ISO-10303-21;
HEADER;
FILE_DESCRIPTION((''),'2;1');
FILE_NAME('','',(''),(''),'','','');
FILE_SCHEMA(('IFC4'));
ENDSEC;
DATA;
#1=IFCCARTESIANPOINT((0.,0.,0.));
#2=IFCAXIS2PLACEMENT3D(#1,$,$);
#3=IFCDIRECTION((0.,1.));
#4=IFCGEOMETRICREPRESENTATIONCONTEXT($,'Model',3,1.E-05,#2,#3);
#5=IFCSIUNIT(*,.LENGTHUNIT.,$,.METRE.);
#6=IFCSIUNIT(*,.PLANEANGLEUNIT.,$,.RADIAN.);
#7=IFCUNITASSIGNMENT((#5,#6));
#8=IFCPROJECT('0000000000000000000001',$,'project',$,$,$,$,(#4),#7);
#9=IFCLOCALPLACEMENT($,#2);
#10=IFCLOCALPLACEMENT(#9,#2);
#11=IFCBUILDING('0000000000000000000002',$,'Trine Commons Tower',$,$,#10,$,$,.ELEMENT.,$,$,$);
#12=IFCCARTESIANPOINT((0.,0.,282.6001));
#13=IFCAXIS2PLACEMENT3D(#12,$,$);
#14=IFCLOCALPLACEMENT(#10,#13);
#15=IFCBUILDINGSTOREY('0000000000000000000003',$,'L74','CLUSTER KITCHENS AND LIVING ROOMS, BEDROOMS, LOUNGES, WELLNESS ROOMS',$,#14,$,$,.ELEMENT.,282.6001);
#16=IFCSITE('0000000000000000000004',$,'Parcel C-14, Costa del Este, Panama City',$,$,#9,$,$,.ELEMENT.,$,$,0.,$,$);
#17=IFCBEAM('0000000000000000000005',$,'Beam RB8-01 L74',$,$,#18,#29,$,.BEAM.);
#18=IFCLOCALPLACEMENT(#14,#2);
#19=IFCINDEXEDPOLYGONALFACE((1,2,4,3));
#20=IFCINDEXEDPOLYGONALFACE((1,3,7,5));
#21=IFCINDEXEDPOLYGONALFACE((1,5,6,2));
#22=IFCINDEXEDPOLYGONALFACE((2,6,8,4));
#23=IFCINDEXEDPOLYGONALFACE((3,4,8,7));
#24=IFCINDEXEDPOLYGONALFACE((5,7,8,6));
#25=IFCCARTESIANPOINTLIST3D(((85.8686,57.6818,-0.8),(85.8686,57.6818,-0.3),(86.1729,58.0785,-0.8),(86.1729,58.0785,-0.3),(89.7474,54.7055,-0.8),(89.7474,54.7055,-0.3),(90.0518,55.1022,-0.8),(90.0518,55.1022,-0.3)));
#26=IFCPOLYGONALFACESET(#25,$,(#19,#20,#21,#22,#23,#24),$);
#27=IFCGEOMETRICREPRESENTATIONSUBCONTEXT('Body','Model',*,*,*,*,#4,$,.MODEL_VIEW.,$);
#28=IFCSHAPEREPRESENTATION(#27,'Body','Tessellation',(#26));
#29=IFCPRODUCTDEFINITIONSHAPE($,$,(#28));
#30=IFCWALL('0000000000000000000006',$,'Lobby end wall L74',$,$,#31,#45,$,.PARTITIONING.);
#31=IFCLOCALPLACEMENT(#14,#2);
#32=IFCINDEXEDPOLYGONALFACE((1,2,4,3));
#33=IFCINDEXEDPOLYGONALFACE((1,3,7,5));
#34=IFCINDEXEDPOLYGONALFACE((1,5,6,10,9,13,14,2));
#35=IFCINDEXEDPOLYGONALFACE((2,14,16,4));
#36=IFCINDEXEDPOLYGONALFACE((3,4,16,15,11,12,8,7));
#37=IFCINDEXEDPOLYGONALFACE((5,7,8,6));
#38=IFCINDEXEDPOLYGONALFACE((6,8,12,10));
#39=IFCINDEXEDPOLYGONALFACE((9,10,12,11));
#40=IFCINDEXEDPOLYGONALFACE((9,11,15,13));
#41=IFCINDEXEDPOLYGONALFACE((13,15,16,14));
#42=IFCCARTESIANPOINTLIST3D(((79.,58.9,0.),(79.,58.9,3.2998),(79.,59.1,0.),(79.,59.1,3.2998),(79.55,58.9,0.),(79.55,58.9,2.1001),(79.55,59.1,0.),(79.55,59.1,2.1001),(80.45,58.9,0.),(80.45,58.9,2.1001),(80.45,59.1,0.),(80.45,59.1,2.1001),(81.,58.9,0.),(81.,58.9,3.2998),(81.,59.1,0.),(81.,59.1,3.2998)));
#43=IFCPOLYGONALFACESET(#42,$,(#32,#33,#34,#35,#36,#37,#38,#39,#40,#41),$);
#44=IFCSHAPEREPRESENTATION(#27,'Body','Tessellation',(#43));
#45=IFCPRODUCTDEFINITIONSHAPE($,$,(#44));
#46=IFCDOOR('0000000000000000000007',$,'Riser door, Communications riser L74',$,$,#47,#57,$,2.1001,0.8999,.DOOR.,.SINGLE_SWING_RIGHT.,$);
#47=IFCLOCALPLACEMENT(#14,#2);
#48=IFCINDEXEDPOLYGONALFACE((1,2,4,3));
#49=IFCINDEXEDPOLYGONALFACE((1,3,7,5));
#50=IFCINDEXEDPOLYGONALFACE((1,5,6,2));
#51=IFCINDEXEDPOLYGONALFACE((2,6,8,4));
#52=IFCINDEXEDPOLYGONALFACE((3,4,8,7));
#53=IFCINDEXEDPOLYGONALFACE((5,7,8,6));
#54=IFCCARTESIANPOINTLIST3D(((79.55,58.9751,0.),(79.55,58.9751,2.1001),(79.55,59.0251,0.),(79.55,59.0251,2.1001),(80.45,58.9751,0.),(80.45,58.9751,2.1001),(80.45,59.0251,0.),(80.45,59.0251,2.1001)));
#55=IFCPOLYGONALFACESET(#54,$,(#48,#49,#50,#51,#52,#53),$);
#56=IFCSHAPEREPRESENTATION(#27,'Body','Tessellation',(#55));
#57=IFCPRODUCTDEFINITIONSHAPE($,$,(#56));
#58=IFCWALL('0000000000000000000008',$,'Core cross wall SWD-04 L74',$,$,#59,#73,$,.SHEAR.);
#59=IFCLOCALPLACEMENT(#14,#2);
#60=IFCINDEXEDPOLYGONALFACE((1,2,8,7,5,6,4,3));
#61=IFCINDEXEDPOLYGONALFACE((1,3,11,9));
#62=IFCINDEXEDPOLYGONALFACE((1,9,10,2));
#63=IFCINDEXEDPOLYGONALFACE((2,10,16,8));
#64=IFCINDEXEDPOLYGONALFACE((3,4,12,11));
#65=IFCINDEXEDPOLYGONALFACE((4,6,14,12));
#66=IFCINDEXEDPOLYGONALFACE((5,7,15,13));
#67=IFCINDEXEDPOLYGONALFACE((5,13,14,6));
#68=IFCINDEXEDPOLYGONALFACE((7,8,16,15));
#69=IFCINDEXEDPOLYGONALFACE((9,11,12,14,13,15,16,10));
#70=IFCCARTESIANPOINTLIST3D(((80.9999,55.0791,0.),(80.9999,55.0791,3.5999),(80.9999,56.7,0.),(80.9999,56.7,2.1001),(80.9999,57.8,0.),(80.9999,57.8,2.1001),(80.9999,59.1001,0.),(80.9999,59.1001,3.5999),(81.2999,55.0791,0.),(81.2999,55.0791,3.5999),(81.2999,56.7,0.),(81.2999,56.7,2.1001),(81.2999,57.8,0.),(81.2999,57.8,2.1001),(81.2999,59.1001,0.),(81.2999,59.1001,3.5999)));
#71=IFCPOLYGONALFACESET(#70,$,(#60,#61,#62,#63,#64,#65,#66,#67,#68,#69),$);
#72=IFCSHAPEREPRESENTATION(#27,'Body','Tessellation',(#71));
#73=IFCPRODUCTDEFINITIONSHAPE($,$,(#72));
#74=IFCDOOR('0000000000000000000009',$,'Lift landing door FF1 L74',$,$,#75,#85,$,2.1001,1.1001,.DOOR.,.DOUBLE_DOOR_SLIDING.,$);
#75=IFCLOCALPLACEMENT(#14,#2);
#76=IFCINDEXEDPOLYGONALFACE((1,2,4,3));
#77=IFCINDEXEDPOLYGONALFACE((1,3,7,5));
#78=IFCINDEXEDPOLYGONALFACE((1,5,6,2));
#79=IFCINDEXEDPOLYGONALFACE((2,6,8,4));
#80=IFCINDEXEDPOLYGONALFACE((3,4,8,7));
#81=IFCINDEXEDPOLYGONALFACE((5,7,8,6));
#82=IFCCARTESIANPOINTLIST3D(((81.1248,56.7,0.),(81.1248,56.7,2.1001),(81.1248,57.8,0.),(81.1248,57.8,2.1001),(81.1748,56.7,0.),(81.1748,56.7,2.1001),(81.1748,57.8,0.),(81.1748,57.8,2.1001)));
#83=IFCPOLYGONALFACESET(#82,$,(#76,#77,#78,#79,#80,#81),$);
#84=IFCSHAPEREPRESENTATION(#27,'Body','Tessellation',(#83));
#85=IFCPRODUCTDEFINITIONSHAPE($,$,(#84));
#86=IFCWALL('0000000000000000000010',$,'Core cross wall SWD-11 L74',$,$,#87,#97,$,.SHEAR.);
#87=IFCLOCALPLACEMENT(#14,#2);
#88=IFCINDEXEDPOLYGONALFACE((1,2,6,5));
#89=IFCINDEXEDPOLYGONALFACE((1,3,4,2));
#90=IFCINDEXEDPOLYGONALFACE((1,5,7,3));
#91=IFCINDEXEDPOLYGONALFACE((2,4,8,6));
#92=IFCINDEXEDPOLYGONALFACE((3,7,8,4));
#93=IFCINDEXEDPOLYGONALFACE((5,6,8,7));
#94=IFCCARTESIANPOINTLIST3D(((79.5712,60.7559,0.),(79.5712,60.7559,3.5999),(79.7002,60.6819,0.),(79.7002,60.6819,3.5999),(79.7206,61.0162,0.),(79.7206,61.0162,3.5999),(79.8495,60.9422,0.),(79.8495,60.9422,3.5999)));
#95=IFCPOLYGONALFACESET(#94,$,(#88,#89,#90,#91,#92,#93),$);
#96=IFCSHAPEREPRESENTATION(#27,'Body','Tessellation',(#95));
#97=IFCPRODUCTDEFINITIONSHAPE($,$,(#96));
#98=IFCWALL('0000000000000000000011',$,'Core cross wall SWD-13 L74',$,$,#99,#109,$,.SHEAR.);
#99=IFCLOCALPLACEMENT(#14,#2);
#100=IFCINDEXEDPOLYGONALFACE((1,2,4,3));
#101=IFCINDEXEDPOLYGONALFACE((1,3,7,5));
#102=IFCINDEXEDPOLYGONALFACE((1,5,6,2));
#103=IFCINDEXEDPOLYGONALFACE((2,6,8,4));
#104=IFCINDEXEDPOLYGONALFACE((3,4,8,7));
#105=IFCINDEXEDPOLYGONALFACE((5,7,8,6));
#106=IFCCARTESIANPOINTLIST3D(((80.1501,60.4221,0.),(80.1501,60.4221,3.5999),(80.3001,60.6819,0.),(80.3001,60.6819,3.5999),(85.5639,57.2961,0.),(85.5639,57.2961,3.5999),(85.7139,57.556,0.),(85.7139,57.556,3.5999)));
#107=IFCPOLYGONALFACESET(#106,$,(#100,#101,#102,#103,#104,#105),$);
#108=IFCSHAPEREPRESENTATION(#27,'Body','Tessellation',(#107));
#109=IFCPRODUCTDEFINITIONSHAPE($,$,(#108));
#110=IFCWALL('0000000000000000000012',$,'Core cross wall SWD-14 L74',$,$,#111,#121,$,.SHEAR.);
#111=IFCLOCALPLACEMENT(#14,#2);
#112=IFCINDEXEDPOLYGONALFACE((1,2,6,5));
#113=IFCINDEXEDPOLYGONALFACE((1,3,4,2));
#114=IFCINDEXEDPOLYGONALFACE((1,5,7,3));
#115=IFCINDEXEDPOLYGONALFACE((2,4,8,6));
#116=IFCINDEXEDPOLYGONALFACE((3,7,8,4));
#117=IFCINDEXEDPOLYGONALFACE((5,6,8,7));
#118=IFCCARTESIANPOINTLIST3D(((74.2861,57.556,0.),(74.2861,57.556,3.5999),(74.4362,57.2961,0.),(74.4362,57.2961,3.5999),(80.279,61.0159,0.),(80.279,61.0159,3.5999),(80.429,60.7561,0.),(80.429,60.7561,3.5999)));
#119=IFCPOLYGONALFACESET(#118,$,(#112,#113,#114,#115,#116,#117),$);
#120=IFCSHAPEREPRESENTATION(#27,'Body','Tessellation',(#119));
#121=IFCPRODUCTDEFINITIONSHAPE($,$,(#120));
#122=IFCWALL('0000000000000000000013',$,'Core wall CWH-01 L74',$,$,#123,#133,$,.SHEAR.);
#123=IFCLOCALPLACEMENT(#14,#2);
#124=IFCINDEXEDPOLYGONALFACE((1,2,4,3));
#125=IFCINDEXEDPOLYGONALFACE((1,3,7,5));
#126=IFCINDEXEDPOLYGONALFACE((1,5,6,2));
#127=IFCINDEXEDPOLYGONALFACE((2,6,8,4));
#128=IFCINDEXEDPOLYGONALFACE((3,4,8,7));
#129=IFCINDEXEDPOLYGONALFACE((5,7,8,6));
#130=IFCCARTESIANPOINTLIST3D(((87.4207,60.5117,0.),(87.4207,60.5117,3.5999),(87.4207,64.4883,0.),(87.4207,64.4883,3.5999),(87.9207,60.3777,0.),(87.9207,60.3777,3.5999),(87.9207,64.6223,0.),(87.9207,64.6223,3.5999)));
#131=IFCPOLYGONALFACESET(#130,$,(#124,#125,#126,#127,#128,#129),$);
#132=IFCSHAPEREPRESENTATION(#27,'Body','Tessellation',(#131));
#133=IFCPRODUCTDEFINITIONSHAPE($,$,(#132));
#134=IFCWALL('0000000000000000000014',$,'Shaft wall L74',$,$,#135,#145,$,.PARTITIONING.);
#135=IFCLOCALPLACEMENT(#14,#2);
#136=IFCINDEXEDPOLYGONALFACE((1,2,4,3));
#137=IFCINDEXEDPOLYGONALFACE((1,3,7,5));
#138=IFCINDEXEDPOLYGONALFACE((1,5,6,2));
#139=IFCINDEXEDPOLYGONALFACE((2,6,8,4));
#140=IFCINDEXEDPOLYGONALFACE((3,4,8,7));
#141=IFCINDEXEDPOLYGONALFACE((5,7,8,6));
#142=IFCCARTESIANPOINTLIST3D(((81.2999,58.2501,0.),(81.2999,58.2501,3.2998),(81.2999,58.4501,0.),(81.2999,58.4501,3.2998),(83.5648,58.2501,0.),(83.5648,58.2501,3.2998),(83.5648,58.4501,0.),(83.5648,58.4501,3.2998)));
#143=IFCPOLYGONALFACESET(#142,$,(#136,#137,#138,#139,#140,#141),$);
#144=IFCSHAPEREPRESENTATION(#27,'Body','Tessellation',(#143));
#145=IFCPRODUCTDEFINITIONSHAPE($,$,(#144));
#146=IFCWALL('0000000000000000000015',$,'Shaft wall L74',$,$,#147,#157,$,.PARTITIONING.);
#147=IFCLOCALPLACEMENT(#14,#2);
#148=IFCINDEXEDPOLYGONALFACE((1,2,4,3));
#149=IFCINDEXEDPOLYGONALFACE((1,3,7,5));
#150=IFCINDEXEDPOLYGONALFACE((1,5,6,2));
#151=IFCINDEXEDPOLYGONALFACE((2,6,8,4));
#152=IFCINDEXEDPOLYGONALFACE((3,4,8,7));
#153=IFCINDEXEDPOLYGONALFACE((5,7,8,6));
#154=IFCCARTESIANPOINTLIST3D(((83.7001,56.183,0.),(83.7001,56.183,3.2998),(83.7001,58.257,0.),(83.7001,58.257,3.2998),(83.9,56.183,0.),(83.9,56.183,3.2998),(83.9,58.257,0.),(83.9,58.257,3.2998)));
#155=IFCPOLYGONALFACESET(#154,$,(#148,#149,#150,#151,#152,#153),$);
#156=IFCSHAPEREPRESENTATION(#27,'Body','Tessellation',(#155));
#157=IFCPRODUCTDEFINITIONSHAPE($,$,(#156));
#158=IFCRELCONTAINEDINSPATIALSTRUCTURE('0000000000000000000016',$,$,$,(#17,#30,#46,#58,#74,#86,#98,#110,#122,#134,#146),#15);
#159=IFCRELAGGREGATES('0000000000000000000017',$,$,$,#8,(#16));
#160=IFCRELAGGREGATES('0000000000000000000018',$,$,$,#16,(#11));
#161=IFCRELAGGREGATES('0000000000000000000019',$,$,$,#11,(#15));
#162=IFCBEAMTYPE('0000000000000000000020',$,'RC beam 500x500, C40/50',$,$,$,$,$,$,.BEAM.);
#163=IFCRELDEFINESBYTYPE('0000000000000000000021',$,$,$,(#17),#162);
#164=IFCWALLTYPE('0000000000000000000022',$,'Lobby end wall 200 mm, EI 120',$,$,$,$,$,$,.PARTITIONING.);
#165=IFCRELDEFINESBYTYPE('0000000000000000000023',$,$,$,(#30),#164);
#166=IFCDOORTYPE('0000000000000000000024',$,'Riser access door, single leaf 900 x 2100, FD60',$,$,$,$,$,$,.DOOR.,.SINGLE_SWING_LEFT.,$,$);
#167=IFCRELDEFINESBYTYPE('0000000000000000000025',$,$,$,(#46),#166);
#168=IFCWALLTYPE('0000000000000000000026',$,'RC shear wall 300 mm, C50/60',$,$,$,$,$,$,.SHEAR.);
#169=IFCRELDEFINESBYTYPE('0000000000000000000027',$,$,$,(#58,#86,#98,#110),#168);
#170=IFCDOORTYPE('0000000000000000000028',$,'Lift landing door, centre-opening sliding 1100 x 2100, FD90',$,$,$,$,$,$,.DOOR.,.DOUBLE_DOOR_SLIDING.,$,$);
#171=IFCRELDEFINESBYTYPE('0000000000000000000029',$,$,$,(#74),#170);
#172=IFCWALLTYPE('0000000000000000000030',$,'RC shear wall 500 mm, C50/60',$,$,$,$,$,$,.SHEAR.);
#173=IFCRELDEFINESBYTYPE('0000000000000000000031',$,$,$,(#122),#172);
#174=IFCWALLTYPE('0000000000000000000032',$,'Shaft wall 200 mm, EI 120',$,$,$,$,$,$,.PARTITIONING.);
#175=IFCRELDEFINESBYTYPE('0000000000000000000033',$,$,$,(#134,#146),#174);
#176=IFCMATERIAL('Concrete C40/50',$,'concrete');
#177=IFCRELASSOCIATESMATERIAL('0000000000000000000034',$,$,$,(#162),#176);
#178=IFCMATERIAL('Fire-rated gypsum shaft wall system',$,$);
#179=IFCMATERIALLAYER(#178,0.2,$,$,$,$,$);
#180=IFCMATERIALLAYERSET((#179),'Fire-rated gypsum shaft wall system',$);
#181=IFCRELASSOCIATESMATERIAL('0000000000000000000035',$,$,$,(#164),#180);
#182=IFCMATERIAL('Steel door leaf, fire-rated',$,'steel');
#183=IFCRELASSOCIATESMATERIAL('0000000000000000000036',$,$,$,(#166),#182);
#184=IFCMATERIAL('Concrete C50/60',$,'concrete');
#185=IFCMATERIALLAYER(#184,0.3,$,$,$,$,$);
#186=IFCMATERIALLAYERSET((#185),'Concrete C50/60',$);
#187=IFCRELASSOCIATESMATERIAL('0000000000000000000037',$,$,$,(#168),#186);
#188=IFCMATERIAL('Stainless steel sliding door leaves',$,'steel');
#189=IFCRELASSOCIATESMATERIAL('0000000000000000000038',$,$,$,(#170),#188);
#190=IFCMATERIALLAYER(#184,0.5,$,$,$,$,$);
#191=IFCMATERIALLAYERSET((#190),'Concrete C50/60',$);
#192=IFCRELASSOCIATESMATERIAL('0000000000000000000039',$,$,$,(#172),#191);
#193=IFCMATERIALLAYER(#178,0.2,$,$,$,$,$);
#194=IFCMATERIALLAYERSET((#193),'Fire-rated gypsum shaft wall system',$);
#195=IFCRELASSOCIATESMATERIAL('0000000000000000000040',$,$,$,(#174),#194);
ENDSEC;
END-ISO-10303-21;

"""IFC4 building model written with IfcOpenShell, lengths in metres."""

from ifc_helpers import new_model, si_unit, direction, frame, frame_2d, origin, origin_2d, place, context, subcontext, project, spatial, polyline, rectangle, outline, extrude, material, layer, layer_set, material_profile, profile_set, type_object, element, fill, save


model = new_model("IFC4")

# Units and contexts
model_context = context("Model", 3, precision=1e-05, world=origin(), true_north=direction((0.0, 1.0)))
body_context = subcontext(model_context, "Body", "Model", "MODEL_VIEW")
ifc_project = project(units=[si_unit("LENGTHUNIT", "METRE"), si_unit("PLANEANGLEUNIT", "RADIAN")], contexts=[model_context])

# Site, building, storey
site_placement = place(None, origin())
site = spatial("IfcSite", under=ifc_project, at=site_placement, Name="Parcel C-14, Costa del Este, Panama City", CompositionType="ELEMENT", RefElevation=0.0)
building_placement = place(site_placement, origin())
building = spatial("IfcBuilding", under=site, at=building_placement, Name="Trine Commons Tower", CompositionType="ELEMENT")
storey_placement = place(building_placement, frame((0.0, 0.0, 282.6001)))
storey = spatial("IfcBuildingStorey", under=building, at=storey_placement, Name="L74", Description="CLUSTER KITCHENS AND LIVING ROOMS, BEDROOMS, LOUNGES, WELLNESS ROOMS", CompositionType="ELEMENT", Elevation=282.6001)

# Beam
ifc_material_1 = material(Name="Concrete C40/50", Category="concrete")
ifc_material_profile = material_profile(ifc_material_1, rectangle(XDim=0.5, YDim=0.5, at=origin_2d()), Name="RC 500x500")
ifc_profile_set = profile_set([ifc_material_profile], Name="Concrete C40/50")
beam_type = type_object("IfcBeamType", Name="RC beam 500x500, C40/50", PredefinedType="BEAM", material=ifc_profile_set)
beam_placement = place(storey_placement, frame((86.0208, 57.8801, -0.55), z_axis=(0.79336, -0.608752, 0.0), x_axis=(0.608752, 0.79336, 0.0)))
element("IfcBeam", 1, at=beam_placement, inside=storey, type_object=beam_type, Name="Beam RB8-01 L74", PredefinedType="BEAM", context=body_context, shape_type="SweptSolid", body=[
    extrude(rectangle(XDim=0.5, YDim=0.5, at=origin_2d()), origin(), (0.0, 0.0, 1.0), 4.8892),
])

# Walls, openings, doors
ifc_material_2 = material(Name="Fire-rated gypsum shaft wall system")
ifc_layer_1 = layer(ifc_material_2, 0.2)
ifc_layer_set_1 = layer_set([ifc_layer_1], Name="Fire-rated gypsum shaft wall system")
wall_type_1 = type_object("IfcWallType", Name="Lobby end wall 200 mm, EI 120", PredefinedType="PARTITIONING", material=ifc_layer_set_1)
wall_1_placement = place(storey_placement, frame((79.0, 59.0, 0.0), z_axis=(0.0, 0.0, 1.0), x_axis=(1.0, 0.0, 0.0)))
wall_1 = element("IfcWall", 2, at=wall_1_placement, inside=storey, type_object=wall_type_1, Name="Lobby end wall L74", PredefinedType="PARTITIONING", context=body_context, shape_type="SweptSolid", body=[
    extrude(rectangle(XDim=2.0, YDim=0.2, at=frame_2d((1.0, 0.0))), origin(), (0.0, 0.0, 1.0), 3.2998),
])
opening_1_placement = place(wall_1_placement, frame((0.55, 0.0, 0.0)))
opening_1 = element("IfcOpeningElement", 3, at=opening_1_placement, cuts=wall_1, PredefinedType="OPENING", context=body_context, shape_type="SweptSolid", body=[
    extrude(rectangle(XDim=0.8999, YDim=2.1001, at=frame_2d((0.45, 1.05))), frame((0.0, 0.1099, 0.0), z_axis=(0.0, -1.0, 0.0), x_axis=(1.0, 0.0, 0.0)), (0.0, 0.0, 1.0), 0.22),
])
ifc_material_3 = material(Name="Steel door leaf, fire-rated", Category="steel")
door_type_1 = type_object("IfcDoorType", Name="Riser access door, single leaf 900 x 2100, FD60", OperationType="SINGLE_SWING_LEFT", PredefinedType="DOOR", material=ifc_material_3)
door_1_placement = place(opening_1_placement, frame((0.8999, 0.0, 0.0), z_axis=(0.0, 0.0, 1.0), x_axis=(-1.0, 0.0, 0.0)))
door_1 = element("IfcDoor", 4, at=door_1_placement, inside=storey, type_object=door_type_1, Name="Riser door, Communications riser L74", OperationType="SINGLE_SWING_RIGHT", OverallHeight=2.1001, OverallWidth=0.8999, PredefinedType="DOOR", context=body_context, shape_type="SweptSolid", body=[
    extrude(rectangle(XDim=0.8999, YDim=2.1001, at=frame_2d((0.45, 1.05))), frame((0.0, 0.0249, 0.0), z_axis=(0.0, -1.0, 0.0), x_axis=(1.0, 0.0, 0.0)), (0.0, 0.0, 1.0), 0.05),
])
fill(opening_1, door_1)
ifc_material_4 = material(Name="Concrete C50/60", Category="concrete")
ifc_layer_2 = layer(ifc_material_4, 0.3)
ifc_layer_set_2 = layer_set([ifc_layer_2], Name="Concrete C50/60")
wall_type_2 = type_object("IfcWallType", Name="RC shear wall 300 mm, C50/60", PredefinedType="SHEAR", material=ifc_layer_set_2)
wall_2_placement = place(storey_placement, frame((81.1499, 59.1001, 0.0), z_axis=(0.0, 0.0, 1.0), x_axis=(0.0, -1.0, 0.0)))
wall_2 = element("IfcWall", 5, at=wall_2_placement, inside=storey, type_object=wall_type_2, Name="Core cross wall SWD-04 L74", PredefinedType="SHEAR", context=body_context, shape_type="SweptSolid", body=[
    extrude(rectangle(XDim=4.021, YDim=0.3, at=frame_2d((2.0105, 0.0))), origin(), (0.0, 0.0, 1.0), 3.5999),
])
opening_2_placement = place(wall_2_placement, frame((1.3, 0.0, 0.0)))
opening_2 = element("IfcOpeningElement", 6, at=opening_2_placement, cuts=wall_2, PredefinedType="OPENING", context=body_context, shape_type="SweptSolid", body=[
    extrude(rectangle(XDim=1.1001, YDim=2.1001, at=frame_2d((0.55, 1.05))), frame((0.0, 0.1599, 0.0), z_axis=(0.0, -1.0, 0.0), x_axis=(1.0, 0.0, 0.0)), (0.0, 0.0, 1.0), 0.3201),
])
ifc_material_5 = material(Name="Stainless steel sliding door leaves", Category="steel")
door_type_2 = type_object("IfcDoorType", Name="Lift landing door, centre-opening sliding 1100 x 2100, FD90", OperationType="DOUBLE_DOOR_SLIDING", PredefinedType="DOOR", material=ifc_material_5)
door_2_placement = place(opening_2_placement, origin())
door_2 = element("IfcDoor", 7, at=door_2_placement, inside=storey, type_object=door_type_2, Name="Lift landing door FF1 L74", OperationType="DOUBLE_DOOR_SLIDING", OverallHeight=2.1001, OverallWidth=1.1001, PredefinedType="DOOR", context=body_context, shape_type="SweptSolid", body=[
    extrude(rectangle(XDim=1.1001, YDim=2.1001, at=frame_2d((0.55, 1.05))), frame((0.0, 0.0249, 0.0), z_axis=(0.0, -1.0, 0.0), x_axis=(1.0, 0.0, 0.0)), (0.0, 0.0, 1.0), 0.05),
])
fill(opening_2, door_2)

# Walls
wall_3_placement = place(storey_placement, frame((79.646, 60.886, 0.0), z_axis=(0.0, 0.0, 1.0), x_axis=(0.867332, -0.49773, 0.0)))
element("IfcWall", 8, at=wall_3_placement, inside=storey, type_object=wall_type_2, Name="Core cross wall SWD-11 L74", PredefinedType="SHEAR", context=body_context, shape_type="SweptSolid", body=[
    extrude(rectangle(XDim=0.1487, YDim=0.3, at=frame_2d((0.0742, 0.0))), origin(), (0.0, 0.0, 1.0), 3.5999),
])
wall_4_placement = place(storey_placement, frame((80.2251, 60.552, 0.0), z_axis=(0.0, 0.0, 1.0), x_axis=(0.866004, -0.500037, 0.0)))
element("IfcWall", 9, at=wall_4_placement, inside=storey, type_object=wall_type_2, Name="Core cross wall SWD-13 L74", PredefinedType="SHEAR", context=body_context, shape_type="SweptSolid", body=[
    extrude(rectangle(XDim=6.2515, YDim=0.3, at=frame_2d((3.1257, 0.0))), origin(), (0.0, 0.0, 1.0), 3.5999),
])
wall_5_placement = place(storey_placement, frame((80.354, 60.886, 0.0), z_axis=(0.0, 0.0, 1.0), x_axis=(-0.866029, -0.499994, 0.0)))
element("IfcWall", 10, at=wall_5_placement, inside=storey, type_object=wall_type_2, Name="Core cross wall SWD-14 L74", PredefinedType="SHEAR", context=body_context, shape_type="SweptSolid", body=[
    extrude(rectangle(XDim=6.9199, YDim=0.3, at=frame_2d((3.46, 0.0))), origin(), (0.0, 0.0, 1.0), 3.5999),
])
ifc_layer_3 = layer(ifc_material_4, 0.5)
ifc_layer_set_3 = layer_set([ifc_layer_3], Name="Concrete C50/60")
wall_type_3 = type_object("IfcWallType", Name="RC shear wall 500 mm, C50/60", PredefinedType="SHEAR", material=ifc_layer_set_3)
wall_6_placement = place(storey_placement, frame((87.6707, 60.3777, 0.0), z_axis=(0.0, 0.0, 1.0), x_axis=(0.0, 1.0, 0.0)))
element("IfcWall", 11, at=wall_6_placement, inside=storey, type_object=wall_type_3, Name="Core wall CWH-01 L74", PredefinedType="SHEAR", context=body_context, shape_type="SweptSolid", body=[
    extrude(outline(polyline([(0.0, -0.25), (4.2446, -0.25), (4.1106, 0.25), (0.134, 0.25), (0.0, -0.25)])), origin(), (0.0, 0.0, 1.0), 3.5999),
])
ifc_layer_4 = layer(ifc_material_2, 0.2)
ifc_layer_set_4 = layer_set([ifc_layer_4], Name="Fire-rated gypsum shaft wall system")
wall_type_4 = type_object("IfcWallType", Name="Shaft wall 200 mm, EI 120", PredefinedType="PARTITIONING", material=ifc_layer_set_4)
wall_7_placement = place(storey_placement, frame((81.3, 58.3501, 0.0), z_axis=(0.0, 0.0, 1.0), x_axis=(1.0, 0.0, 0.0)))
element("IfcWall", 12, at=wall_7_placement, inside=storey, type_object=wall_type_4, Name="Shaft wall L74", PredefinedType="PARTITIONING", context=body_context, shape_type="SweptSolid", body=[
    extrude(rectangle(XDim=2.2649, YDim=0.2, at=frame_2d((1.1323, 0.0))), origin(), (0.0, 0.0, 1.0), 3.2998),
])
wall_8_placement = place(storey_placement, frame((83.8, 58.2571, 0.0), z_axis=(0.0, 0.0, 1.0), x_axis=(0.0, -1.0, 0.0)))
element("IfcWall", 13, at=wall_8_placement, inside=storey, type_object=wall_type_4, Name="Shaft wall L74", PredefinedType="PARTITIONING", context=body_context, shape_type="SweptSolid", body=[
    extrude(rectangle(XDim=2.074, YDim=0.2, at=frame_2d((1.0371, 0.0))), origin(), (0.0, 0.0, 1.0), 3.2998),
])

save(model, "model.ifc")
